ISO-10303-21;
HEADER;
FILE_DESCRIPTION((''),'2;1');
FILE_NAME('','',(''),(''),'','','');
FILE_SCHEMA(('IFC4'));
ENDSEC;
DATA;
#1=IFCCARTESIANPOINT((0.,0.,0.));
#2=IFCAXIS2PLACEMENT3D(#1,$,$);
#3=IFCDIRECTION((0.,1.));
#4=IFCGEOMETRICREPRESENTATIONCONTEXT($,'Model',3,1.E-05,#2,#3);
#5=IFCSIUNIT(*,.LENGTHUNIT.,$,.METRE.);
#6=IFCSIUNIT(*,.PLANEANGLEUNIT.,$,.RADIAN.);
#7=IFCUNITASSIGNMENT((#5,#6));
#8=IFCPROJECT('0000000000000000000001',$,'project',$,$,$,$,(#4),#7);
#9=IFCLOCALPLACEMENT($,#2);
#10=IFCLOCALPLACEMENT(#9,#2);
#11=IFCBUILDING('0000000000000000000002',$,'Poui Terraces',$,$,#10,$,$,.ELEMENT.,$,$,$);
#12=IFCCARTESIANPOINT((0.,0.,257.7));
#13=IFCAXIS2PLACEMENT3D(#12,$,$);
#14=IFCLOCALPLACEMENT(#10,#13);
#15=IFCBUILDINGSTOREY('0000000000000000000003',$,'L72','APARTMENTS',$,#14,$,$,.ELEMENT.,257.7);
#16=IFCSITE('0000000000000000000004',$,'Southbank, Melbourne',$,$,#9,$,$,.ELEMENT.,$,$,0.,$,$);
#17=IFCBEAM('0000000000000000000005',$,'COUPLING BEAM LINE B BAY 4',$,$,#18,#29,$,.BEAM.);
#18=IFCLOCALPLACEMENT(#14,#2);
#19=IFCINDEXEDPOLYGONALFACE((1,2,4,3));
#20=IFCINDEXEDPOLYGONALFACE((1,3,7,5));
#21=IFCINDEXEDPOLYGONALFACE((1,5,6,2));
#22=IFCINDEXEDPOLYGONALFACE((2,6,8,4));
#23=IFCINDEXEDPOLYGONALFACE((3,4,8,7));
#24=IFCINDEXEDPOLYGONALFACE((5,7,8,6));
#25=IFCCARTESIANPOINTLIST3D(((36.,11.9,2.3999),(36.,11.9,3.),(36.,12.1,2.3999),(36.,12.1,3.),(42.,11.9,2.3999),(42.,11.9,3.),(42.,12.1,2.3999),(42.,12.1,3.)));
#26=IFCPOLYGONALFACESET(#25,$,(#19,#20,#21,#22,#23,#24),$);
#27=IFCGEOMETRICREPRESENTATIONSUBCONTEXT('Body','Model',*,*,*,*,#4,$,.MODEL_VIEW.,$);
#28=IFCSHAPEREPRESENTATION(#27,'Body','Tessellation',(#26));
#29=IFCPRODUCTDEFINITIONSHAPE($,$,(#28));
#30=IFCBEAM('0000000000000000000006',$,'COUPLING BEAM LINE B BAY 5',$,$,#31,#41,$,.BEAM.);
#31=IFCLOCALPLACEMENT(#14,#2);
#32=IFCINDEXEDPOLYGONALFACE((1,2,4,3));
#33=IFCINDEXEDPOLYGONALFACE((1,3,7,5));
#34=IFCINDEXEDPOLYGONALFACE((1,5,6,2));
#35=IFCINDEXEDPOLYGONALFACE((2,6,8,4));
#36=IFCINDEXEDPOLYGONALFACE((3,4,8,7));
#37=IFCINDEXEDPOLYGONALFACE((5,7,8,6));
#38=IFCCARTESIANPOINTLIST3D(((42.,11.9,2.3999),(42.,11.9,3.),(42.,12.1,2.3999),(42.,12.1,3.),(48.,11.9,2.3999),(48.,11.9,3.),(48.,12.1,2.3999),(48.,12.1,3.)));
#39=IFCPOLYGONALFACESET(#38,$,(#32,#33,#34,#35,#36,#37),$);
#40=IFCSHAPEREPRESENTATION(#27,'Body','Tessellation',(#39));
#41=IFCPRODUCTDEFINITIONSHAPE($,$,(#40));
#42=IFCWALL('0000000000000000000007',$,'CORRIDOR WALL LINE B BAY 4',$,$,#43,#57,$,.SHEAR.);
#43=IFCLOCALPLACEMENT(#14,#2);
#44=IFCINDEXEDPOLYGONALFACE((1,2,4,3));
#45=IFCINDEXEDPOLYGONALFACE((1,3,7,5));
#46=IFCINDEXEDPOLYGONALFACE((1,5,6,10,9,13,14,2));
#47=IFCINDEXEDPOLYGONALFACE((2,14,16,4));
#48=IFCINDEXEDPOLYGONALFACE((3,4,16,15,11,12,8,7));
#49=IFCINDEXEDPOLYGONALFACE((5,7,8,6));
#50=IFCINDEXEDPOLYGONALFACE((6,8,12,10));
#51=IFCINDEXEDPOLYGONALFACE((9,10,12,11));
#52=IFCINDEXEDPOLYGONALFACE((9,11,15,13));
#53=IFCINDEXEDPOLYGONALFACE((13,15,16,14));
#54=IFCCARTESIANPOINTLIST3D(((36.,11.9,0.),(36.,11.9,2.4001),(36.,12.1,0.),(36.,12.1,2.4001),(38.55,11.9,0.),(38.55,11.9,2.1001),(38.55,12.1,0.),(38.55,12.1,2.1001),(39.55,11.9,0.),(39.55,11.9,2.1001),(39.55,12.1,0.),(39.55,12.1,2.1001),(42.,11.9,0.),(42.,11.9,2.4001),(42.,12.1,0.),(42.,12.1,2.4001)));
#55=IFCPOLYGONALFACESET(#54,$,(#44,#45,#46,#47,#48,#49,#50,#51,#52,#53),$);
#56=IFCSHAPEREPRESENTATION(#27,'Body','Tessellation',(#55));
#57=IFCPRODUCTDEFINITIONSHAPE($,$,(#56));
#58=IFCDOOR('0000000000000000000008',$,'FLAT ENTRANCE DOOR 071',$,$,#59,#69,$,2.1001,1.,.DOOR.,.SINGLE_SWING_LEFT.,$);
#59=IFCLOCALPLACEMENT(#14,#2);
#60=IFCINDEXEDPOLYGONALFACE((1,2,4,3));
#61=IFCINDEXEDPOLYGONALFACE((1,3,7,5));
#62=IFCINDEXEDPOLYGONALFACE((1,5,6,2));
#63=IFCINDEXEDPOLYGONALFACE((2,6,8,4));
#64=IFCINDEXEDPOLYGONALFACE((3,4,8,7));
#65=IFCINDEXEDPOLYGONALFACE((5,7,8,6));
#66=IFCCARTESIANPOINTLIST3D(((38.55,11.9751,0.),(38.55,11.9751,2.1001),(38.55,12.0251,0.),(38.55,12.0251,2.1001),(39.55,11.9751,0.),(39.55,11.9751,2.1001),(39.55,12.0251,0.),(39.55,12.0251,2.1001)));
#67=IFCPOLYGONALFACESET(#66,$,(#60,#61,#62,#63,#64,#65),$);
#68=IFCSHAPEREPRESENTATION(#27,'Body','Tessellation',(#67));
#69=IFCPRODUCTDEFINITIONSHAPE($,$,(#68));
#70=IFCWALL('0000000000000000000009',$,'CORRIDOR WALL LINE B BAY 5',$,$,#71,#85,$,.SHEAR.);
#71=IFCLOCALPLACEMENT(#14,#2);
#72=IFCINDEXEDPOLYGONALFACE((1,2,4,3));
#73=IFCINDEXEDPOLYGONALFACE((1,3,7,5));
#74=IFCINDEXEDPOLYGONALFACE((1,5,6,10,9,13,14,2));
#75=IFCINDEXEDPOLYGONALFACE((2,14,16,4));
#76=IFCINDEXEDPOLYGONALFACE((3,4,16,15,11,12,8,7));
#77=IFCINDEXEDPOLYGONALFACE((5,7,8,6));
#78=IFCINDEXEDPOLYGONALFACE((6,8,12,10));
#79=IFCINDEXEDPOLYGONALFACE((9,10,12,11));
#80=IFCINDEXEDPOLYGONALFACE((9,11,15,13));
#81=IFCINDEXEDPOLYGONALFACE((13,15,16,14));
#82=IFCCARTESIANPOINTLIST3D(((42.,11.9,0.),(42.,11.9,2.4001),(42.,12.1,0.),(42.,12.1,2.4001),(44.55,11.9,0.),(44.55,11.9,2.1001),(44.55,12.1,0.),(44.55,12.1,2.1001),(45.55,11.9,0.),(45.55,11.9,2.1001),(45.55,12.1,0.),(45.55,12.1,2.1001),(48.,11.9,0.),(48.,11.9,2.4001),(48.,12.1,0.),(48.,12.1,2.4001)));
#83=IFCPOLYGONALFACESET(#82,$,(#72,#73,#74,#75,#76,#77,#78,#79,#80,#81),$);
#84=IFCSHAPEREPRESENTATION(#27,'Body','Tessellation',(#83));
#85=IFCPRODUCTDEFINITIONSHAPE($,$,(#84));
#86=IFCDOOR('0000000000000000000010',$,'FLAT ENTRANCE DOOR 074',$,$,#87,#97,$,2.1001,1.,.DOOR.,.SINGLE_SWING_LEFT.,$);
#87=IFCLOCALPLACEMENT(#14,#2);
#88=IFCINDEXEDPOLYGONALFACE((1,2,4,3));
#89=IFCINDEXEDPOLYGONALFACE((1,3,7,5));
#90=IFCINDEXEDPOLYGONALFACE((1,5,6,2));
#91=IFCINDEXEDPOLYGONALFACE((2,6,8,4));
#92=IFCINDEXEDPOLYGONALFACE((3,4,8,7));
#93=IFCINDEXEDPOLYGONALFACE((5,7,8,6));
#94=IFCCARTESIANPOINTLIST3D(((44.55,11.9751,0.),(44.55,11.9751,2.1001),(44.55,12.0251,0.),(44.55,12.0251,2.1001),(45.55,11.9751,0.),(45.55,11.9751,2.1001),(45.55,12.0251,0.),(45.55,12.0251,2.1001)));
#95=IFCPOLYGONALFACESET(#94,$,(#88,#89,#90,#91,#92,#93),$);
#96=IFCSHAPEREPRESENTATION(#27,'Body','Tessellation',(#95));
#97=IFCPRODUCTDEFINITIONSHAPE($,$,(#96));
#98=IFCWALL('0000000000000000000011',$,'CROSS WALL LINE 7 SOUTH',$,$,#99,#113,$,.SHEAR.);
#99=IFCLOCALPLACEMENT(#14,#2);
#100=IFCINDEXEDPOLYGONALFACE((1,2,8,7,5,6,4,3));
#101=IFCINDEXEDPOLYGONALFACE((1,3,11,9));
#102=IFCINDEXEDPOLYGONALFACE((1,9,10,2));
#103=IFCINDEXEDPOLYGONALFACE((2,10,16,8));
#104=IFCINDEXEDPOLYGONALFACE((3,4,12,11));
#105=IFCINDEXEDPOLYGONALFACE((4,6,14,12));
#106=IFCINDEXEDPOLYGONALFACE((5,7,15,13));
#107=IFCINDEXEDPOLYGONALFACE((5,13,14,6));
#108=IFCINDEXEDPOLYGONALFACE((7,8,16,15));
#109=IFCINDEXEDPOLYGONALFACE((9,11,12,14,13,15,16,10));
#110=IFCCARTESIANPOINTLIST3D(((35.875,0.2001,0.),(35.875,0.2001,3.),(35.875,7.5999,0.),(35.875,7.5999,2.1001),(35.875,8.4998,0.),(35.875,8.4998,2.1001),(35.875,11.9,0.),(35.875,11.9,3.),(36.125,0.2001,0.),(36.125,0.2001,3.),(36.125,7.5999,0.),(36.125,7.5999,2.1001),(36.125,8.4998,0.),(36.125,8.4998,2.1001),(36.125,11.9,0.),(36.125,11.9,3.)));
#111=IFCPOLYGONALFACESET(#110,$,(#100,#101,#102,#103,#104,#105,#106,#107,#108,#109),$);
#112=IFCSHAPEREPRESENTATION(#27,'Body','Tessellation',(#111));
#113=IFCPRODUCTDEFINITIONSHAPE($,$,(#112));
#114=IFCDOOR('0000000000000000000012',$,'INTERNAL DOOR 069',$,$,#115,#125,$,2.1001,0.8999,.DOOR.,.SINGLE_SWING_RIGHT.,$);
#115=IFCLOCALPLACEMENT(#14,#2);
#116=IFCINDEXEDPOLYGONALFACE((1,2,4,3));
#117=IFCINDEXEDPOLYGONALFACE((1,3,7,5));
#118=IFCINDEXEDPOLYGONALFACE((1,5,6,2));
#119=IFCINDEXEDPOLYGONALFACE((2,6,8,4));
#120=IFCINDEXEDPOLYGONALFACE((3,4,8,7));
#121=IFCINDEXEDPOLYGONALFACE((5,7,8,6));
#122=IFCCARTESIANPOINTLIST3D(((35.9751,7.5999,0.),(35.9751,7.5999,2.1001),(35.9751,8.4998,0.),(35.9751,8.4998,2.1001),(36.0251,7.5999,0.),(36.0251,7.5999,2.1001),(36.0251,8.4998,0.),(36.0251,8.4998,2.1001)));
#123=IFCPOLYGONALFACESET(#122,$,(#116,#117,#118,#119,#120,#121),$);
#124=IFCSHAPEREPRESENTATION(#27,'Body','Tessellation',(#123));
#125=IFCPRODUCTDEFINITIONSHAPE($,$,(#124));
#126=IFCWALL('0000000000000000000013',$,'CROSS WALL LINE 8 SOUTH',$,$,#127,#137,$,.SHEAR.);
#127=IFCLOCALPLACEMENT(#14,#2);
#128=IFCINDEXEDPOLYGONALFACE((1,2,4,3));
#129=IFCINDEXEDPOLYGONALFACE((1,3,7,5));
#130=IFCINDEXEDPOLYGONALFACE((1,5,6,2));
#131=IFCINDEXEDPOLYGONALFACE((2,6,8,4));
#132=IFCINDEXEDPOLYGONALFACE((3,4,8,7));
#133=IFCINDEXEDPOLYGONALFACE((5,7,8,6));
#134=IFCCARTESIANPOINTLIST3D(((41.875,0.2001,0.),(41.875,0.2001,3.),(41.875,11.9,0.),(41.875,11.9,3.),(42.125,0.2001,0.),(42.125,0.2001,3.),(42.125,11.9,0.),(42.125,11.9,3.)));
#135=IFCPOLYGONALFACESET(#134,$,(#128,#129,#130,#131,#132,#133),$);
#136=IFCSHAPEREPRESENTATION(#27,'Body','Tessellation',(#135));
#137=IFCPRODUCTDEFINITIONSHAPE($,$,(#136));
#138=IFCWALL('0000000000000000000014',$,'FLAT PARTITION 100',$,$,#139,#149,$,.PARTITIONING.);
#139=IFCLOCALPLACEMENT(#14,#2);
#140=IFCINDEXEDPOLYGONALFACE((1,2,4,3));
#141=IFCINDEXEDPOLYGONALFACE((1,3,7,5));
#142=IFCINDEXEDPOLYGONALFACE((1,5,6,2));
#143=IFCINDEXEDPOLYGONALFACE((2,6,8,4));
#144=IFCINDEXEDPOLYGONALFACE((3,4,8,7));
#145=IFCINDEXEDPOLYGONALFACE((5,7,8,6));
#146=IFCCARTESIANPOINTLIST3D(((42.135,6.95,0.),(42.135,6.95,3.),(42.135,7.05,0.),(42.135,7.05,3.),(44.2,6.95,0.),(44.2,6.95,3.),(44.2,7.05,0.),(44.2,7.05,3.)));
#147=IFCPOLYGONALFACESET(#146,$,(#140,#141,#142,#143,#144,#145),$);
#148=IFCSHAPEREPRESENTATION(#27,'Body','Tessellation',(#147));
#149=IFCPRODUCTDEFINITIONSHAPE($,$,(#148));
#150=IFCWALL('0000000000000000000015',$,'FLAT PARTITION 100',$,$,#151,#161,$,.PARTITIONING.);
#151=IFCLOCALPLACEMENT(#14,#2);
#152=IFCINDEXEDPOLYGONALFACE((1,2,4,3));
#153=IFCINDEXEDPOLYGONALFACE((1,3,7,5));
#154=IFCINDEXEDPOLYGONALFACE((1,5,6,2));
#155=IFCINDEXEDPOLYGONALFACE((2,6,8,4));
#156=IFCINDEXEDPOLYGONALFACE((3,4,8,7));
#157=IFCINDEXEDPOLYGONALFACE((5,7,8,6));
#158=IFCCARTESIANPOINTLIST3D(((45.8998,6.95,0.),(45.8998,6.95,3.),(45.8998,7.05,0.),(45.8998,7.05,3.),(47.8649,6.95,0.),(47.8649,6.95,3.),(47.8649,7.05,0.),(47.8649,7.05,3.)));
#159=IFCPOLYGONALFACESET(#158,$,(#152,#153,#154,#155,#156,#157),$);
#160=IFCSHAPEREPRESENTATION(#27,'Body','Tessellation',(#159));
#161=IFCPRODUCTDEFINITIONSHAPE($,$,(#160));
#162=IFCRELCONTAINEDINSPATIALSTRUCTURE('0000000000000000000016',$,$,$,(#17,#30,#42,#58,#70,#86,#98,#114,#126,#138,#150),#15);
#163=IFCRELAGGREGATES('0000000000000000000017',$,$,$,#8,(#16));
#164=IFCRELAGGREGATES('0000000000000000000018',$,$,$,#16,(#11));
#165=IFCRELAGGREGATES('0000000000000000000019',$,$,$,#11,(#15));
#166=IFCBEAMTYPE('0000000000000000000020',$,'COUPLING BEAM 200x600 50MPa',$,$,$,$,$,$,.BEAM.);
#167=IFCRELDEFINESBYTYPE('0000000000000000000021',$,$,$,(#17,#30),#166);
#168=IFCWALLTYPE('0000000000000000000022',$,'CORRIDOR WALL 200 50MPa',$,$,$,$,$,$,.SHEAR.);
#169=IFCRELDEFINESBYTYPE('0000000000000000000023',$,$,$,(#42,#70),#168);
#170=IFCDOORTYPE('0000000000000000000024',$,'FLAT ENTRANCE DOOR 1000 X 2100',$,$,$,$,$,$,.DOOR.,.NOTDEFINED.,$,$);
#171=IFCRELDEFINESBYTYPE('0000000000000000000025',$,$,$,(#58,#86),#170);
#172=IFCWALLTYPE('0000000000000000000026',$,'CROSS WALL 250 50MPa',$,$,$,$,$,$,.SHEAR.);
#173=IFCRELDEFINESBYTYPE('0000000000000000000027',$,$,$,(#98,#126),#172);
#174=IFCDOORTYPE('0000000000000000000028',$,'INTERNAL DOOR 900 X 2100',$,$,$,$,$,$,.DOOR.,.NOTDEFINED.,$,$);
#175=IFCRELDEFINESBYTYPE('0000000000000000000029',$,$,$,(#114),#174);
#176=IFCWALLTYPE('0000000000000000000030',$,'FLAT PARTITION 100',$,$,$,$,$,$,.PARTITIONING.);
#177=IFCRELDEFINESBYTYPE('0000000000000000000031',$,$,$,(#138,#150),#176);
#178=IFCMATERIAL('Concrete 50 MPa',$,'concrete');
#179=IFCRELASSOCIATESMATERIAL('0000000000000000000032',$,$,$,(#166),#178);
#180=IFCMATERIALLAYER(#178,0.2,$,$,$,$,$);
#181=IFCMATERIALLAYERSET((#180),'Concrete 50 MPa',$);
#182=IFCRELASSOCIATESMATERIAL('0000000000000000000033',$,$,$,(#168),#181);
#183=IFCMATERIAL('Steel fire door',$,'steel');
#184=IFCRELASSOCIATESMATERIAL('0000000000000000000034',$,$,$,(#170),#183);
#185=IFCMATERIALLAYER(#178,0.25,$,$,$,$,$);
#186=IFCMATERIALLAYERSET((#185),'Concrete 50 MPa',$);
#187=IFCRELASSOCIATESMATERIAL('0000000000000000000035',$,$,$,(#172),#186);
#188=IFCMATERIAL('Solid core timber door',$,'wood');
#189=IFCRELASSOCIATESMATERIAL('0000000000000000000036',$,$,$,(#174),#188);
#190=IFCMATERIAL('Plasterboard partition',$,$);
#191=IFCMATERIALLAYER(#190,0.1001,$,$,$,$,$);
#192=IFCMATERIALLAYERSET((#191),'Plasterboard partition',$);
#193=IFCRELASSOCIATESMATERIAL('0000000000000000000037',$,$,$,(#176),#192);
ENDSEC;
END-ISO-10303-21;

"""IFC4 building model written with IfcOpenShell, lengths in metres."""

from ifc_helpers import new_model, si_unit, direction, frame, frame_2d, origin, origin_2d, place, context, subcontext, project, spatial, rectangle, extrude, source, transform, mapped, material, layer, layer_set, material_profile, profile_set, type_object, element, fill, save


model = new_model("IFC4")

# Units and contexts
model_context = context("Model", 3, precision=1e-05, world=origin(), true_north=direction((0.0, 1.0)))
body_context = subcontext(model_context, "Body", "Model", "MODEL_VIEW")
ifc_project = project(units=[si_unit("LENGTHUNIT", "METRE"), si_unit("PLANEANGLEUNIT", "RADIAN")], contexts=[model_context])

# Site, building, storey
site_placement = place(None, origin())
site = spatial("IfcSite", under=ifc_project, at=site_placement, Name="Southbank, Melbourne", CompositionType="ELEMENT", RefElevation=0.0)
building_placement = place(site_placement, origin())
building = spatial("IfcBuilding", under=site, at=building_placement, Name="Poui Terraces", CompositionType="ELEMENT")
storey_placement = place(building_placement, frame((0.0, 0.0, 257.7)))
storey = spatial("IfcBuildingStorey", under=building, at=storey_placement, Name="L72", Description="APARTMENTS", CompositionType="ELEMENT", Elevation=257.7)

# Beams
ifc_material_1 = material(Name="Concrete 50 MPa", Category="concrete")
ifc_material_profile_1 = material_profile(ifc_material_1, rectangle(XDim=0.2, YDim=0.6001, at=origin_2d()), Name="RC 200x600")
ifc_profile_set_1 = profile_set([ifc_material_profile_1], Name="Concrete 50 MPa")
beam_type = type_object("IfcBeamType", Name="COUPLING BEAM 200x600 50MPa", PredefinedType="BEAM", material=ifc_profile_set_1)
shared_shape_1 = source(origin(), body_context, "Body", "SweptSolid", [
    extrude(rectangle(XDim=0.2, YDim=0.6001, at=origin_2d()), origin(), (0.0, 0.0, 1.0), 6.0),
])
for number, where, z_axis, x_axis, name in (
    (1, (36.0, 12.0, 2.7), (1.0, 0.0, 0.0), (0.0, 1.0, 0.0), "COUPLING BEAM LINE B BAY 4"),
    (2, (42.0, 12.0, 2.7), (1.0, 0.0, 0.0), (0.0, 1.0, 0.0), "COUPLING BEAM LINE B BAY 5"),
):
    element("IfcBeam", number, at=place(storey_placement, frame(where, z_axis=z_axis, x_axis=x_axis)), inside=storey, type_object=beam_type, Name=name, PredefinedType="BEAM", context=body_context, shape_type="MappedRepresentation", body=[
        mapped(shared_shape_1, transform((0.0, 0.0, 0.0))),
    ])

# Walls, openings, doors
ifc_layer_1 = layer(ifc_material_1, 0.2)
ifc_layer_set_1 = layer_set([ifc_layer_1], Name="Concrete 50 MPa")
wall_type_1 = type_object("IfcWallType", Name="CORRIDOR WALL 200 50MPa", PredefinedType="SHEAR", material=ifc_layer_set_1)
wall_1_placement = place(storey_placement, frame((36.0, 12.0, 0.0), z_axis=(0.0, 0.0, 1.0), x_axis=(1.0, 0.0, 0.0)))
wall_1 = element("IfcWall", 3, at=wall_1_placement, inside=storey, type_object=wall_type_1, Name="CORRIDOR WALL LINE B BAY 4", PredefinedType="SHEAR", context=body_context, shape_type="SweptSolid", body=[
    extrude(rectangle(XDim=6.0, YDim=0.2, at=frame_2d((3.0, 0.0))), origin(), (0.0, 0.0, 1.0), 2.4001),
])
opening_1_placement = place(wall_1_placement, frame((2.55, 0.0, 0.0)))
opening_1 = element("IfcOpeningElement", 4, at=opening_1_placement, cuts=wall_1, PredefinedType="OPENING", context=body_context, shape_type="SweptSolid", body=[
    extrude(rectangle(XDim=1.0, YDim=2.1001, at=frame_2d((0.5, 1.05))), frame((0.0, 0.1099, 0.0), z_axis=(0.0, -1.0, 0.0), x_axis=(1.0, 0.0, 0.0)), (0.0, 0.0, 1.0), 0.22),
])
ifc_material_2 = material(Name="Steel fire door", Category="steel")
door_type_1 = type_object("IfcDoorType", Name="FLAT ENTRANCE DOOR 1000 X 2100", OperationType="NOTDEFINED", PredefinedType="DOOR", material=ifc_material_2)
door_1_placement = place(opening_1_placement, frame((1.0, 0.0, 0.0), z_axis=(0.0, 0.0, 1.0), x_axis=(-1.0, 0.0, 0.0)))
door_1 = element("IfcDoor", 5, at=door_1_placement, inside=storey, type_object=door_type_1, Name="FLAT ENTRANCE DOOR 071", OperationType="SINGLE_SWING_LEFT", OverallHeight=2.1001, OverallWidth=1.0, PredefinedType="DOOR", context=body_context, shape_type="SweptSolid", body=[
    extrude(rectangle(XDim=1.0, YDim=2.1001, at=frame_2d((0.5, 1.05))), frame((0.0, 0.0249, 0.0), z_axis=(0.0, -1.0, 0.0), x_axis=(1.0, 0.0, 0.0)), (0.0, 0.0, 1.0), 0.05),
])
fill(opening_1, door_1)
wall_2_placement = place(storey_placement, frame((42.0, 12.0, 0.0), z_axis=(0.0, 0.0, 1.0), x_axis=(1.0, 0.0, 0.0)))
wall_2 = element("IfcWall", 6, at=wall_2_placement, inside=storey, type_object=wall_type_1, Name="CORRIDOR WALL LINE B BAY 5", PredefinedType="SHEAR", context=body_context, shape_type="SweptSolid", body=[
    extrude(rectangle(XDim=6.0, YDim=0.2, at=frame_2d((3.0, 0.0))), origin(), (0.0, 0.0, 1.0), 2.4001),
])
opening_2_placement = place(wall_2_placement, frame((2.55, 0.0, 0.0)))
opening_2 = element("IfcOpeningElement", 7, at=opening_2_placement, cuts=wall_2, PredefinedType="OPENING", context=body_context, shape_type="SweptSolid", body=[
    extrude(rectangle(XDim=1.0, YDim=2.1001, at=frame_2d((0.5, 1.05))), frame((0.0, 0.1099, 0.0), z_axis=(0.0, -1.0, 0.0), x_axis=(1.0, 0.0, 0.0)), (0.0, 0.0, 1.0), 0.22),
])
door_2_placement = place(opening_2_placement, frame((1.0, 0.0, 0.0), z_axis=(0.0, 0.0, 1.0), x_axis=(-1.0, 0.0, 0.0)))
door_2 = element("IfcDoor", 8, at=door_2_placement, inside=storey, type_object=door_type_1, Name="FLAT ENTRANCE DOOR 074", OperationType="SINGLE_SWING_LEFT", OverallHeight=2.1001, OverallWidth=1.0, PredefinedType="DOOR", context=body_context, shape_type="SweptSolid", body=[
    extrude(rectangle(XDim=1.0, YDim=2.1001, at=frame_2d((0.5, 1.05))), frame((0.0, 0.0249, 0.0), z_axis=(0.0, -1.0, 0.0), x_axis=(1.0, 0.0, 0.0)), (0.0, 0.0, 1.0), 0.05),
])
fill(opening_2, door_2)
ifc_layer_2 = layer(ifc_material_1, 0.25)
ifc_layer_set_2 = layer_set([ifc_layer_2], Name="Concrete 50 MPa")
wall_type_2 = type_object("IfcWallType", Name="CROSS WALL 250 50MPa", PredefinedType="SHEAR", material=ifc_layer_set_2)
wall_3_placement = place(storey_placement, frame((36.0, 0.2, 0.0), z_axis=(0.0, 0.0, 1.0), x_axis=(0.0, 1.0, 0.0)))
wall_3 = element("IfcWall", 9, at=wall_3_placement, inside=storey, type_object=wall_type_2, Name="CROSS WALL LINE 7 SOUTH", PredefinedType="SHEAR", context=body_context, shape_type="SweptSolid", body=[
    extrude(rectangle(XDim=11.7, YDim=0.25, at=frame_2d((5.8501, 0.0))), origin(), (0.0, 0.0, 1.0), 3.0),
])
opening_3_placement = place(wall_3_placement, frame((7.3999, 0.0, 0.0)))
opening_3 = element("IfcOpeningElement", 10, at=opening_3_placement, cuts=wall_3, PredefinedType="OPENING", context=body_context, shape_type="SweptSolid", body=[
    extrude(rectangle(XDim=0.8999, YDim=2.1001, at=frame_2d((0.45, 1.05))), frame((0.0, 0.135, 0.0), z_axis=(0.0, -1.0, 0.0), x_axis=(1.0, 0.0, 0.0)), (0.0, 0.0, 1.0), 0.27),
])
ifc_material_3 = material(Name="Solid core timber door", Category="wood")
door_type_2 = type_object("IfcDoorType", Name="INTERNAL DOOR 900 X 2100", OperationType="NOTDEFINED", PredefinedType="DOOR", material=ifc_material_3)
door_3_placement = place(opening_3_placement, origin())
door_3 = element("IfcDoor", 11, at=door_3_placement, inside=storey, type_object=door_type_2, Name="INTERNAL DOOR 069", OperationType="SINGLE_SWING_RIGHT", OverallHeight=2.1001, OverallWidth=0.8999, PredefinedType="DOOR", context=body_context, shape_type="SweptSolid", body=[
    extrude(rectangle(XDim=0.8999, YDim=2.1001, at=frame_2d((0.45, 1.05))), frame((0.0, 0.0249, 0.0), z_axis=(0.0, -1.0, 0.0), x_axis=(1.0, 0.0, 0.0)), (0.0, 0.0, 1.0), 0.05),
])
fill(opening_3, door_3)

# Walls
wall_4_placement = place(storey_placement, frame((42.0, 0.2, 0.0), z_axis=(0.0, 0.0, 1.0), x_axis=(0.0, 1.0, 0.0)))
element("IfcWall", 12, at=wall_4_placement, inside=storey, type_object=wall_type_2, Name="CROSS WALL LINE 8 SOUTH", PredefinedType="SHEAR", context=body_context, shape_type="SweptSolid", body=[
    extrude(rectangle(XDim=11.7, YDim=0.25, at=frame_2d((5.8501, 0.0))), origin(), (0.0, 0.0, 1.0), 3.0),
])
ifc_material_4 = material(Name="Plasterboard partition")
ifc_layer_3 = layer(ifc_material_4, 0.1001)
ifc_layer_set_3 = layer_set([ifc_layer_3], Name="Plasterboard partition")
wall_type_3 = type_object("IfcWallType", Name="FLAT PARTITION 100", PredefinedType="PARTITIONING", material=ifc_layer_set_3)
wall_5_placement = place(storey_placement, frame((42.135, 7.0, 0.0), z_axis=(0.0, 0.0, 1.0), x_axis=(1.0, 0.0, 0.0)))
element("IfcWall", 13, at=wall_5_placement, inside=storey, type_object=wall_type_3, Name="FLAT PARTITION 100", PredefinedType="PARTITIONING", context=body_context, shape_type="SweptSolid", body=[
    extrude(rectangle(XDim=2.0649, YDim=0.1001, at=frame_2d((1.0325, 0.0))), origin(), (0.0, 0.0, 1.0), 3.0),
])
wall_6_placement = place(storey_placement, frame((45.8999, 7.0, 0.0), z_axis=(0.0, 0.0, 1.0), x_axis=(1.0, 0.0, 0.0)))
element("IfcWall", 14, at=wall_6_placement, inside=storey, type_object=wall_type_3, Name="FLAT PARTITION 100", PredefinedType="PARTITIONING", context=body_context, shape_type="SweptSolid", body=[
    extrude(rectangle(XDim=1.9651, YDim=0.1001, at=frame_2d((0.9824, 0.0))), origin(), (0.0, 0.0, 1.0), 3.0),
])

save(model, "model.ifc")
